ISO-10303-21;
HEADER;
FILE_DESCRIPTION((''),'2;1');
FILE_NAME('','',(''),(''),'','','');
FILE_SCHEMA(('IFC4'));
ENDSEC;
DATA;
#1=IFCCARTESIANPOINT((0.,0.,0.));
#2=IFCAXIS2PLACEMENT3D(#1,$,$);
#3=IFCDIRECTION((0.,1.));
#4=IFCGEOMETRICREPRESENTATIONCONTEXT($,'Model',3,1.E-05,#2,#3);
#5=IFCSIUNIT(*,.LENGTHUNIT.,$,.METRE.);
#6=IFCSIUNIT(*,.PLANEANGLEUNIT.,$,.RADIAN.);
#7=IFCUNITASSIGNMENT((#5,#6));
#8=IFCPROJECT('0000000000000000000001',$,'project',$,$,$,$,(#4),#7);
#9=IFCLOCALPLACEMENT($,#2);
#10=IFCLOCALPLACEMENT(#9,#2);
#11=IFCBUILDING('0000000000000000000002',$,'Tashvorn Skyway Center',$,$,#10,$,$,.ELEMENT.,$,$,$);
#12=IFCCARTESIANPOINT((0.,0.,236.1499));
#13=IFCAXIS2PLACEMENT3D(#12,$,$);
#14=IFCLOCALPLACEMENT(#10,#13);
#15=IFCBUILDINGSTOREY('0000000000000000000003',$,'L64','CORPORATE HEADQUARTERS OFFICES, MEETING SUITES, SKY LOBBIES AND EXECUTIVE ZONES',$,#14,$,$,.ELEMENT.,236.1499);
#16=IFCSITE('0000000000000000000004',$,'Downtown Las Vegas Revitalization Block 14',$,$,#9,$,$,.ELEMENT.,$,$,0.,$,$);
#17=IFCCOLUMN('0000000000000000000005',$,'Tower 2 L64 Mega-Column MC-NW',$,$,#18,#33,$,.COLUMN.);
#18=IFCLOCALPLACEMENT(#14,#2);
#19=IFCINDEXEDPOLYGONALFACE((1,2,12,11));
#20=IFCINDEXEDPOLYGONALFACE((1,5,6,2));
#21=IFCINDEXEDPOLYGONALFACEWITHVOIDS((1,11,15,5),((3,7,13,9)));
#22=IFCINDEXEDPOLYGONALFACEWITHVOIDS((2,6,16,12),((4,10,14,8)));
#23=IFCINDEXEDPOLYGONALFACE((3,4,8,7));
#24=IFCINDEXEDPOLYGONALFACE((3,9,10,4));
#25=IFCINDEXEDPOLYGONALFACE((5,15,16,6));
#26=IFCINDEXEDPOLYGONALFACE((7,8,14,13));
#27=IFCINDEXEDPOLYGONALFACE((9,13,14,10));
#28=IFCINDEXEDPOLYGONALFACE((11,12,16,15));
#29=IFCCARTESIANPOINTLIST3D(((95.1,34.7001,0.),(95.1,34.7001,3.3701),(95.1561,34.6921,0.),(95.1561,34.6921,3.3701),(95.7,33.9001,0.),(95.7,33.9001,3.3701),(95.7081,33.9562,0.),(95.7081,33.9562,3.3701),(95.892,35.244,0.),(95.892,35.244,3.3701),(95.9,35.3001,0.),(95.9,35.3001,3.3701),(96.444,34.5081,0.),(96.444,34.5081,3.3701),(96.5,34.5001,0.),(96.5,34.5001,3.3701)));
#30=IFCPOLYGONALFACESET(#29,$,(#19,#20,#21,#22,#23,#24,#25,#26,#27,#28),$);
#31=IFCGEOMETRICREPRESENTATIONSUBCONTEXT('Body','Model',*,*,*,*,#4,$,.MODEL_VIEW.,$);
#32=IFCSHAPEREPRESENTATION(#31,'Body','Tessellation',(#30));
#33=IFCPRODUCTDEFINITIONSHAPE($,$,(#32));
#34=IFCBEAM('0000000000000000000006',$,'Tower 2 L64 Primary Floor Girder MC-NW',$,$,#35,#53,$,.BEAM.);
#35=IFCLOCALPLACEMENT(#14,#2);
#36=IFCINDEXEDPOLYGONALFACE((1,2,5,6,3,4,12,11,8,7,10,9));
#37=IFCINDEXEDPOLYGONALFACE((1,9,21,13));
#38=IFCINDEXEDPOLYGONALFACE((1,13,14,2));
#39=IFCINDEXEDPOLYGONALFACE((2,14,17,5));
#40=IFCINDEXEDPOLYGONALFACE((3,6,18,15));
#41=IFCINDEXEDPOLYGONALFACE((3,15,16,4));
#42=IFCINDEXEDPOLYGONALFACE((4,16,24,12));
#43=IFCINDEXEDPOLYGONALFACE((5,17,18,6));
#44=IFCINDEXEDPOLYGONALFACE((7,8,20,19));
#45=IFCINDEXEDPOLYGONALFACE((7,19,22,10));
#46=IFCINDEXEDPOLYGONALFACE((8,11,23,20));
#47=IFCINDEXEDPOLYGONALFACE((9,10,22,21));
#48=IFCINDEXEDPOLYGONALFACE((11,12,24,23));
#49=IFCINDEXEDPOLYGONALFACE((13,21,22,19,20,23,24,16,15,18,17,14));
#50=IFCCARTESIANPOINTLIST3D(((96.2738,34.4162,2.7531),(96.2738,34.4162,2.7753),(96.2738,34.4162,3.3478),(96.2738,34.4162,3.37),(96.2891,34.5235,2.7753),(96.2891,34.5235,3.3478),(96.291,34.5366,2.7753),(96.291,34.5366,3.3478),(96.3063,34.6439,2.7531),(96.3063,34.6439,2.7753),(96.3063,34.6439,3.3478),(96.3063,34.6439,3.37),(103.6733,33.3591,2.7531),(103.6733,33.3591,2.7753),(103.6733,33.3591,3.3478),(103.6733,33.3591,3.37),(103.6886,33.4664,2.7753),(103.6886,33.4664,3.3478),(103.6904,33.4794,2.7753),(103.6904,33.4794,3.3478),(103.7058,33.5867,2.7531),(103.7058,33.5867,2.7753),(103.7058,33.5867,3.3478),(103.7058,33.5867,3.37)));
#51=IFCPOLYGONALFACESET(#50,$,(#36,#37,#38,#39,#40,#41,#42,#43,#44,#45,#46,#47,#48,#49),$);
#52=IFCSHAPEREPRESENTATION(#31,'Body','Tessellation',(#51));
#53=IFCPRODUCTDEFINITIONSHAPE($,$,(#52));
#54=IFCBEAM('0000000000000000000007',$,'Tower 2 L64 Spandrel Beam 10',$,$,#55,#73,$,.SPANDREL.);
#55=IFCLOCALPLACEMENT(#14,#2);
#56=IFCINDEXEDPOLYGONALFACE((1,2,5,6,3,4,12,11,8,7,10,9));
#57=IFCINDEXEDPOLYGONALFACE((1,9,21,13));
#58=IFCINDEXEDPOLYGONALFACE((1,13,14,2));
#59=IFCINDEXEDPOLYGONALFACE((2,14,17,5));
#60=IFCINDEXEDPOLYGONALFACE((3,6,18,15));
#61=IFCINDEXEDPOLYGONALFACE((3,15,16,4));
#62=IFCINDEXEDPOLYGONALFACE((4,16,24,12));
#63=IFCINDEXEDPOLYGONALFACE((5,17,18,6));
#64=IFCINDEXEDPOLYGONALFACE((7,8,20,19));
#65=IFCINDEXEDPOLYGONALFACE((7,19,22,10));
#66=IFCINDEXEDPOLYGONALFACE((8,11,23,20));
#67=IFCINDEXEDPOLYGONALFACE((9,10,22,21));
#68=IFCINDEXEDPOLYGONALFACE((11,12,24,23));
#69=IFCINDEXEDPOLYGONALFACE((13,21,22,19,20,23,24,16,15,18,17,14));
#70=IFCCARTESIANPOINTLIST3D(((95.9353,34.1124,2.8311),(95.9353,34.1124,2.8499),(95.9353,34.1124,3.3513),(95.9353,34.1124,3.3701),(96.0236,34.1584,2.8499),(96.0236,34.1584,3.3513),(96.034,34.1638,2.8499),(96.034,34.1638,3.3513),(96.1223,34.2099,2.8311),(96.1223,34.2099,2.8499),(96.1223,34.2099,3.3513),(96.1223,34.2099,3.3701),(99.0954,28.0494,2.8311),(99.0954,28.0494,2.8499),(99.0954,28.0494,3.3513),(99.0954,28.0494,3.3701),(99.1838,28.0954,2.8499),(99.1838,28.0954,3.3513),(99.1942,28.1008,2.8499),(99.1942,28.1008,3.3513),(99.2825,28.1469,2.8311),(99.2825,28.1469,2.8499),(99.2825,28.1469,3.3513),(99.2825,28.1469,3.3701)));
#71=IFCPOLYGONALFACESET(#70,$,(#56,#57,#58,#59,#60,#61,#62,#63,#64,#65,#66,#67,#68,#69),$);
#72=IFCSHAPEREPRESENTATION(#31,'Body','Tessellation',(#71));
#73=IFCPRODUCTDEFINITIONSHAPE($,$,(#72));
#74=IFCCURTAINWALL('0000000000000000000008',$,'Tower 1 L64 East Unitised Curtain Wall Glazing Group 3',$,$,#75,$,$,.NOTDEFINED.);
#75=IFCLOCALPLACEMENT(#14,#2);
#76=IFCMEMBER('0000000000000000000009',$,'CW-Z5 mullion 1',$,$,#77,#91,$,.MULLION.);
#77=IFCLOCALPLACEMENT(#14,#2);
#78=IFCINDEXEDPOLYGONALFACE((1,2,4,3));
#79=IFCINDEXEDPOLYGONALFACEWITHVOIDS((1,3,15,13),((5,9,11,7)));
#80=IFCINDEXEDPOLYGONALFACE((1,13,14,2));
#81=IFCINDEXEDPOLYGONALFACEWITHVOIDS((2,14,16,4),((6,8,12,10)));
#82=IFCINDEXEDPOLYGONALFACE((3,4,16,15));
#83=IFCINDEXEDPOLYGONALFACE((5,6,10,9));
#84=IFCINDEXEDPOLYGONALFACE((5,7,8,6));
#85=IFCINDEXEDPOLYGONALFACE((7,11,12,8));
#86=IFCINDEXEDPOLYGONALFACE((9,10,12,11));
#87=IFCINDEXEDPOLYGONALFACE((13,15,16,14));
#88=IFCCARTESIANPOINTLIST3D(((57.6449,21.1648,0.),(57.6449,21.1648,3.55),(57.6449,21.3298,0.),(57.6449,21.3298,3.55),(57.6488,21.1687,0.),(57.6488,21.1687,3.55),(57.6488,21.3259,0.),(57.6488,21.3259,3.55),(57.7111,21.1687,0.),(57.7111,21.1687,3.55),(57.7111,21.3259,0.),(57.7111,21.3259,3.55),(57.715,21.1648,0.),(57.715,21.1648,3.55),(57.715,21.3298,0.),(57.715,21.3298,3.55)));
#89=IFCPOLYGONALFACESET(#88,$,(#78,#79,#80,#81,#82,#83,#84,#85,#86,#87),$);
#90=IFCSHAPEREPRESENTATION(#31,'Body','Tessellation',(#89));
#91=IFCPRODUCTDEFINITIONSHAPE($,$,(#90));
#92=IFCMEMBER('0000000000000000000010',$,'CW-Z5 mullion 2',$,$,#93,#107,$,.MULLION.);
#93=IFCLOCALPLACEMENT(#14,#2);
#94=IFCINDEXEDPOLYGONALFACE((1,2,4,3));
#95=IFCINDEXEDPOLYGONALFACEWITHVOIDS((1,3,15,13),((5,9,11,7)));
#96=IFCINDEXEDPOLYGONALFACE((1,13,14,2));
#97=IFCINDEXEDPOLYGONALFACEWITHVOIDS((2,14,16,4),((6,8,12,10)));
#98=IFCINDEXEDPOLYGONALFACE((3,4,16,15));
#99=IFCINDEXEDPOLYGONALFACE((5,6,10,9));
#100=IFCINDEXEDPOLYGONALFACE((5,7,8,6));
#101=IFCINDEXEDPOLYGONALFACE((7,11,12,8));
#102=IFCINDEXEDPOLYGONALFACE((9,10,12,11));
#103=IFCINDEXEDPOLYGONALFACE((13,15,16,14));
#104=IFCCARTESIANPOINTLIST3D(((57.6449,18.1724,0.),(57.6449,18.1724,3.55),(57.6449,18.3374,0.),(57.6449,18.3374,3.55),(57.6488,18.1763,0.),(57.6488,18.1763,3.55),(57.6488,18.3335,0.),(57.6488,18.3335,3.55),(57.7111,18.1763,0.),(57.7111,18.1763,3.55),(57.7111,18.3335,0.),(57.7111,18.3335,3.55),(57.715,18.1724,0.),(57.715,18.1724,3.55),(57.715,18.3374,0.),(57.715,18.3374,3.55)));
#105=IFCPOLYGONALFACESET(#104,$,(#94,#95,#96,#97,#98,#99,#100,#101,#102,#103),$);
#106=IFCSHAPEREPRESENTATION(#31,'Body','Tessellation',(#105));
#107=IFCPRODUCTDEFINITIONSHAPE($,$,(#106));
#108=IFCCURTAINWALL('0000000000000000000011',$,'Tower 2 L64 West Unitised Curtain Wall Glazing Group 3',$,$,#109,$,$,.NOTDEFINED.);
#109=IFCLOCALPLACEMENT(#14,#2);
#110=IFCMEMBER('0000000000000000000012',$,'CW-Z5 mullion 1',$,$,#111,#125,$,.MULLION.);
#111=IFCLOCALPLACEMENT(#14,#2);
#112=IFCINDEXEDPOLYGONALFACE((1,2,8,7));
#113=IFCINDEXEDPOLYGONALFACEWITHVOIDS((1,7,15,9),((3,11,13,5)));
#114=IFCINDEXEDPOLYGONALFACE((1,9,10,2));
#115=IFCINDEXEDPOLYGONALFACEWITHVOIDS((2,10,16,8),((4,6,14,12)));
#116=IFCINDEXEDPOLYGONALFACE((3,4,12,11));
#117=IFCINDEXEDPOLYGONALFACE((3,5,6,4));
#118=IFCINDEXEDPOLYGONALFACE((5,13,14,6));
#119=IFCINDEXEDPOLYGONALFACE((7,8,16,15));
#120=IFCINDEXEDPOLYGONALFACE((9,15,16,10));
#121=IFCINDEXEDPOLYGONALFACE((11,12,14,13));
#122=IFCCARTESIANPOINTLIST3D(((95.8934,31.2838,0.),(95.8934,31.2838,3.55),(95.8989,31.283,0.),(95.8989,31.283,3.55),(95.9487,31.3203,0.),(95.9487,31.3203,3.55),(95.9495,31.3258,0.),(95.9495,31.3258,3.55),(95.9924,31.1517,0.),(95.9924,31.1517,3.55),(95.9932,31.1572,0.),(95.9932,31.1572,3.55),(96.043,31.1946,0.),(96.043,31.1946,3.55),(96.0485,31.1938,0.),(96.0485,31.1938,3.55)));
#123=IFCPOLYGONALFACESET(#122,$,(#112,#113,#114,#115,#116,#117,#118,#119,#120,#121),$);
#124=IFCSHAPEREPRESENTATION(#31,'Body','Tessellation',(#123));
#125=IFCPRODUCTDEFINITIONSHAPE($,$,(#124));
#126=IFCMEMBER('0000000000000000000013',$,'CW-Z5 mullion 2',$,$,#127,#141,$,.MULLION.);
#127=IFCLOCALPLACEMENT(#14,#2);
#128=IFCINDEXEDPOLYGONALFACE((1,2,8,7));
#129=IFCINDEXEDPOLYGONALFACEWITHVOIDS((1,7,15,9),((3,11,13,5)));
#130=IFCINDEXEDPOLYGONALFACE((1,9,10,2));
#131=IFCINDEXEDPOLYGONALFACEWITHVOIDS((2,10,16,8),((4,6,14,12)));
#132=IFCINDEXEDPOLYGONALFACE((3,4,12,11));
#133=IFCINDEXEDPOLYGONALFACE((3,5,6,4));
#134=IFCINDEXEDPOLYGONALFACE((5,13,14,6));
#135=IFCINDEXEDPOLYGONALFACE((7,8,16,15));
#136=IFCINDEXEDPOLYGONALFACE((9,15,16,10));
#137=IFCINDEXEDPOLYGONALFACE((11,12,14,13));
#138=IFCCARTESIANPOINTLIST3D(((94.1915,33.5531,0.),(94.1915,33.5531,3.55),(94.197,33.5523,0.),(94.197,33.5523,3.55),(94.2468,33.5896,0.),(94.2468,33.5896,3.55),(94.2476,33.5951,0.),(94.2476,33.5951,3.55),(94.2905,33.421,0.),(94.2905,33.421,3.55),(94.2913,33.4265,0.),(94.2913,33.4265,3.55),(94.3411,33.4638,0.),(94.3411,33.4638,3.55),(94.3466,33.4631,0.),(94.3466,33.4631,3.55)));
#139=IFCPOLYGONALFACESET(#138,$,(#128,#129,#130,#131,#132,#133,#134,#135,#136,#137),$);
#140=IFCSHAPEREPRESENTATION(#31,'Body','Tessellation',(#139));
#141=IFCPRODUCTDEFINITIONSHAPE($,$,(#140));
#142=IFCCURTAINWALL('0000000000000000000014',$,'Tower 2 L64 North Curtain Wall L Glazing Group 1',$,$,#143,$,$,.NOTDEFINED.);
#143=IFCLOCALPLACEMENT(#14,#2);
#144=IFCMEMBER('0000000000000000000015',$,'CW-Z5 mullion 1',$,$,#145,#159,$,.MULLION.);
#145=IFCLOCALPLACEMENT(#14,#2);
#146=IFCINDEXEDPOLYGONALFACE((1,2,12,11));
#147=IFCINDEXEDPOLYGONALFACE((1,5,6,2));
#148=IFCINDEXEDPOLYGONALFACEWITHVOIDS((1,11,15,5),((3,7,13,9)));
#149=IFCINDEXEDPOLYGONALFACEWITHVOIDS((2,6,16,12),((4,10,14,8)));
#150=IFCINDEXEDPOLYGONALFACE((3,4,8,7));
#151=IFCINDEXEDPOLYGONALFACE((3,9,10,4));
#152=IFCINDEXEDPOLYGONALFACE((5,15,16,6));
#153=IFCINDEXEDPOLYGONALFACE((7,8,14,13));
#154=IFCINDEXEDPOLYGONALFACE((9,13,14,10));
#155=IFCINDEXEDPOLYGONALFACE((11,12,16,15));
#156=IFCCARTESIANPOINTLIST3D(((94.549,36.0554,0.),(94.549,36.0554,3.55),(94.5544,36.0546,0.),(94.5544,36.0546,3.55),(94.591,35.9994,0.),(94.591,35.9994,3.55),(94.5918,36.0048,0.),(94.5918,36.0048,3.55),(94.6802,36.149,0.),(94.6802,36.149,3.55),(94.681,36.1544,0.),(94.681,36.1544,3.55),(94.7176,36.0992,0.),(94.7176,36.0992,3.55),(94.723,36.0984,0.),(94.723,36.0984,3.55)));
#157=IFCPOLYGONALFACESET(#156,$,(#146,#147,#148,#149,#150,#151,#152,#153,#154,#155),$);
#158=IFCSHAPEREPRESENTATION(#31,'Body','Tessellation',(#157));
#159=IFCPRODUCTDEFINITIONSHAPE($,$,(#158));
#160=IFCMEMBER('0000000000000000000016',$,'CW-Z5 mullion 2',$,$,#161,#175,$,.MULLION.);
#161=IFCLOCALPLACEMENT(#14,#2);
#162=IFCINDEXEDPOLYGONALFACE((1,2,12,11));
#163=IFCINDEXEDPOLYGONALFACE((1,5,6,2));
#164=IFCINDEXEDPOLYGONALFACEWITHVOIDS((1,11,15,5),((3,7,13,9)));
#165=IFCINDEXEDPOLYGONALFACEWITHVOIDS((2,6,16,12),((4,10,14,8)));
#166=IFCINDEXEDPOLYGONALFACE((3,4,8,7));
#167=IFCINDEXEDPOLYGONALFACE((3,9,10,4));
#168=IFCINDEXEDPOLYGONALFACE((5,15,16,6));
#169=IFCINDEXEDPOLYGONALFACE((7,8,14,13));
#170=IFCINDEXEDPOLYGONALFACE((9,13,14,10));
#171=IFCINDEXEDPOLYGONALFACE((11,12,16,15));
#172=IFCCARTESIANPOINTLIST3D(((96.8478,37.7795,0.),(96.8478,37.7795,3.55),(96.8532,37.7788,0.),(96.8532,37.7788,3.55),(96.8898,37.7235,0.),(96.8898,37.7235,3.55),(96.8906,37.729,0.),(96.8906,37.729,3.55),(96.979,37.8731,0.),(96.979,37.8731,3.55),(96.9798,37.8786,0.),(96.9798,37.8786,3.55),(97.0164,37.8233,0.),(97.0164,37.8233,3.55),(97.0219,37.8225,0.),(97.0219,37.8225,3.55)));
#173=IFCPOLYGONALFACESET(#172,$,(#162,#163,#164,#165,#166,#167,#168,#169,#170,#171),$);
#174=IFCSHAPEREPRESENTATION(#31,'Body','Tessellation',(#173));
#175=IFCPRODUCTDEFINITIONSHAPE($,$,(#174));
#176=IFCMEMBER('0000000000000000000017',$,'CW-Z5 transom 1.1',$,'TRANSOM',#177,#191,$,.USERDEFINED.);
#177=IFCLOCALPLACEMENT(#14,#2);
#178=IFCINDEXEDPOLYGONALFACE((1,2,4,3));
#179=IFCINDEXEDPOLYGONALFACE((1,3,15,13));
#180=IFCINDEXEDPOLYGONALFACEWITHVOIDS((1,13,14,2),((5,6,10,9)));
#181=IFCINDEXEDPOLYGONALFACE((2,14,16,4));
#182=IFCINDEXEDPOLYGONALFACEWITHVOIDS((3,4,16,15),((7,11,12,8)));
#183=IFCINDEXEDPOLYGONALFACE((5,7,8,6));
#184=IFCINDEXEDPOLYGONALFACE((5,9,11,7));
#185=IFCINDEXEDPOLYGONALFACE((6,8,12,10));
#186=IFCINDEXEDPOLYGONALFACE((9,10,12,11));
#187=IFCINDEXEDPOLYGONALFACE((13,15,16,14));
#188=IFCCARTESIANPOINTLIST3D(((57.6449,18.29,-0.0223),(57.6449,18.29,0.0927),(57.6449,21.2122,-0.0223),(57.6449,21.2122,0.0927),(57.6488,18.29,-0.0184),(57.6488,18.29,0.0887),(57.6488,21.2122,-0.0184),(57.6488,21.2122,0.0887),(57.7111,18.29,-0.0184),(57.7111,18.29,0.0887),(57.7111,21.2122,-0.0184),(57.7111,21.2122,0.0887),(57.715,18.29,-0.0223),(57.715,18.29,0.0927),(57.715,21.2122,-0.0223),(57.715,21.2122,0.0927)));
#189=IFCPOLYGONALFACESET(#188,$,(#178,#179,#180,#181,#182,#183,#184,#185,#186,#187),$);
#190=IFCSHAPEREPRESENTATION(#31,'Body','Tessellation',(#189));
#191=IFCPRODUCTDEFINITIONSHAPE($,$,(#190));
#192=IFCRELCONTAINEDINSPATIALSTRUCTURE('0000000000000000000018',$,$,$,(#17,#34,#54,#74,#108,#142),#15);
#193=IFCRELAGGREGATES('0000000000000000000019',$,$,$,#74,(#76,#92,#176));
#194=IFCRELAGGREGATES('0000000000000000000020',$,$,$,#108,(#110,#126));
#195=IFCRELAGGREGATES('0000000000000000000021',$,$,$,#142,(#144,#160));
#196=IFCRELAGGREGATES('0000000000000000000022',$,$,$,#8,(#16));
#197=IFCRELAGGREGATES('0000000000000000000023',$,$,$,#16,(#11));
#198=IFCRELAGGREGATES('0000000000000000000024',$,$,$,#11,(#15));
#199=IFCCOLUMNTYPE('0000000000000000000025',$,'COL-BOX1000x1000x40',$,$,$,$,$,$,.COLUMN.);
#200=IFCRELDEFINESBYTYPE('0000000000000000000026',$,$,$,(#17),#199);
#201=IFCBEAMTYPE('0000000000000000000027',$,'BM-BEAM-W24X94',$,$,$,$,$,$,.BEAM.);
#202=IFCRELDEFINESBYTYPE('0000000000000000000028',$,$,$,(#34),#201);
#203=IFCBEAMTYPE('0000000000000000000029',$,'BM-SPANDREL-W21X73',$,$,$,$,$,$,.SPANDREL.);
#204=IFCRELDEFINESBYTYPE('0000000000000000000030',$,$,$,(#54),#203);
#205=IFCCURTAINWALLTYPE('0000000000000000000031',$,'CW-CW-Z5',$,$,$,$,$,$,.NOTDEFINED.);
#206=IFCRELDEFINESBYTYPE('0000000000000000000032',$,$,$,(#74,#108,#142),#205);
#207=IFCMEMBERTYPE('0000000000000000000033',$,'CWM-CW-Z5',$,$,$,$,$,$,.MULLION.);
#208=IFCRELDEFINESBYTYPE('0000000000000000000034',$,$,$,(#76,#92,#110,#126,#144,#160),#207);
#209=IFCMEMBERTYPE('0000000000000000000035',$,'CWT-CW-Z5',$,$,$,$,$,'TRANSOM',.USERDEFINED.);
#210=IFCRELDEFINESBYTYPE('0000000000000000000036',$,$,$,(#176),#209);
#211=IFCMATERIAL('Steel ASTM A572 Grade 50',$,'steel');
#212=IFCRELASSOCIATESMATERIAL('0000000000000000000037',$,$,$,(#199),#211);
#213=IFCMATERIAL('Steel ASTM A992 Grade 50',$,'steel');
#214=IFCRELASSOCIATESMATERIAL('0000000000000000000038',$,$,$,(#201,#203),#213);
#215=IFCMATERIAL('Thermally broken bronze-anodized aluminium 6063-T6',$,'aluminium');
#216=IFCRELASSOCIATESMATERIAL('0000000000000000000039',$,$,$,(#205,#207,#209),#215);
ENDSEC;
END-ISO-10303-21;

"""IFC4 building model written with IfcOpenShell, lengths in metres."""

from ifc_helpers import new_model, si_unit, direction, frame, origin, origin_2d, place, context, subcontext, project, spatial, hollow_rectangle, i_section, extrude, material, material_profile, profile_set, type_object, element, aggregate, save


model = new_model("IFC4")

# Units and contexts
model_context = context("Model", 3, precision=1e-05, world=origin(), true_north=direction((0.0, 1.0)))
body_context = subcontext(model_context, "Body", "Model", "MODEL_VIEW")
ifc_project = project(units=[si_unit("LENGTHUNIT", "METRE"), si_unit("PLANEANGLEUNIT", "RADIAN")], contexts=[model_context])

# Site, building, storey
site_placement = place(None, origin())
site = spatial("IfcSite", under=ifc_project, at=site_placement, Name="Downtown Las Vegas Revitalization Block 14", CompositionType="ELEMENT", RefElevation=0.0)
building_placement = place(site_placement, origin())
building = spatial("IfcBuilding", under=site, at=building_placement, Name="Tashvorn Skyway Center", CompositionType="ELEMENT")
storey_placement = place(building_placement, frame((0.0, 0.0, 236.1499)))
storey = spatial("IfcBuildingStorey", under=building, at=storey_placement, Name="L64", Description="CORPORATE HEADQUARTERS OFFICES, MEETING SUITES, SKY LOBBIES AND EXECUTIVE ZONES", CompositionType="ELEMENT", Elevation=236.1499)

# Column
ifc_material_1 = material(Name="Steel ASTM A572 Grade 50", Category="steel")
ifc_material_profile_1 = material_profile(ifc_material_1, hollow_rectangle(XDim=1.0, YDim=1.0, WallThickness=0.04, at=origin_2d()), Name="BOX1000x1000x40")
ifc_profile_set_1 = profile_set([ifc_material_profile_1], Name="Steel ASTM A572 Grade 50")
column_type = type_object("IfcColumnType", Name="COL-BOX1000x1000x40", PredefinedType="COLUMN", material=ifc_profile_set_1)
column_placement = place(storey_placement, frame((95.8, 34.6001, 0.0), z_axis=(0.0, 0.0, 1.0), x_axis=(0.8, 0.6, 0.0)))
element("IfcColumn", 1, at=column_placement, inside=storey, type_object=column_type, Name="Tower 2 L64 Mega-Column MC-NW", PredefinedType="COLUMN", context=body_context, shape_type="SweptSolid", body=[
    extrude(hollow_rectangle(XDim=1.0, YDim=1.0, WallThickness=0.04, at=origin_2d()), origin(), (0.0, 0.0, 1.0), 3.3701),
])

# Beams
ifc_material_2 = material(Name="Steel ASTM A992 Grade 50", Category="steel")
ifc_material_profile_2 = material_profile(ifc_material_2, i_section(OverallWidth=0.23, OverallDepth=0.6169, WebThickness=0.0132, FlangeThickness=0.0222, at=origin_2d()), Name="W24X94")
ifc_profile_set_2 = profile_set([ifc_material_profile_2], Name="Steel ASTM A992 Grade 50")
beam_type_1 = type_object("IfcBeamType", Name="BM-BEAM-W24X94", PredefinedType="BEAM", material=ifc_profile_set_2)
beam_1_placement = place(storey_placement, frame((96.29, 34.53, 3.0615), z_axis=(0.989948, -0.141431, 0.0), x_axis=(0.141431, 0.989948, 0.0)))
element("IfcBeam", 2, at=beam_1_placement, inside=storey, type_object=beam_type_1, Name="Tower 2 L64 Primary Floor Girder MC-NW", PredefinedType="BEAM", context=body_context, shape_type="SweptSolid", body=[
    extrude(i_section(OverallWidth=0.23, OverallDepth=0.6169, WebThickness=0.0132, FlangeThickness=0.0222, at=origin_2d()), origin(), (0.0, 0.0, 1.0), 7.4746),
])
ifc_material_profile_3 = material_profile(ifc_material_2, i_section(OverallWidth=0.2109, OverallDepth=0.5391, WebThickness=0.0117, FlangeThickness=0.0188, at=origin_2d()), Name="W21X73")
ifc_profile_set_3 = profile_set([ifc_material_profile_3], Name="Steel ASTM A992 Grade 50")
beam_type_2 = type_object("IfcBeamType", Name="BM-SPANDREL-W21X73", PredefinedType="SPANDREL", material=ifc_profile_set_3)
beam_2_placement = place(storey_placement, frame((96.0288, 34.1611, 3.1006), z_axis=(0.462205, -0.886773, 0.0), x_axis=(0.886773, 0.462205, 0.0)))
element("IfcBeam", 3, at=beam_2_placement, inside=storey, type_object=beam_type_2, Name="Tower 2 L64 Spandrel Beam 10", PredefinedType="SPANDREL", context=body_context, shape_type="SweptSolid", body=[
    extrude(i_section(OverallWidth=0.2109, OverallDepth=0.5391, WebThickness=0.0117, FlangeThickness=0.0188, at=origin_2d()), origin(), (0.0, 0.0, 1.0), 6.8372),
])

# Curtain walls, members
ifc_material_3 = material(Name="Thermally broken bronze-anodized aluminium 6063-T6", Category="aluminium")
curtain_wall_type = type_object("IfcCurtainWallType", Name="CW-CW-Z5", PredefinedType="NOTDEFINED", material=ifc_material_3)
curtain_wall_1_placement = place(storey_placement, origin())
curtain_wall_1 = element("IfcCurtainWall", 4, at=curtain_wall_1_placement, inside=storey, type_object=curtain_wall_type, Name="Tower 1 L64 East Unitised Curtain Wall Glazing Group 3", PredefinedType="NOTDEFINED")
ifc_material_profile_4 = material_profile(ifc_material_3, hollow_rectangle(XDim=0.0701, YDim=0.165, WallThickness=0.0039, at=origin_2d()), Name="ALU-MULL-70x165")
ifc_profile_set_4 = profile_set([ifc_material_profile_4], Name="Thermally broken bronze-anodized aluminium 6063-T6")
member_type_1 = type_object("IfcMemberType", Name="CWM-CW-Z5", PredefinedType="MULLION", material=ifc_profile_set_4)
member_1_placement = place(storey_placement, frame((57.6799, 21.2473, 0.0), z_axis=(0.0, 0.0, 1.0), x_axis=(1.0, 0.0, 0.0)))
member_1 = element("IfcMember", 5, at=member_1_placement, type_object=member_type_1, Name="CW-Z5 mullion 1", PredefinedType="MULLION", context=body_context, shape_type="SweptSolid", body=[
    extrude(hollow_rectangle(XDim=0.0701, YDim=0.165, WallThickness=0.0039, at=origin_2d()), origin(), (0.0, 0.0, 1.0), 3.55),
])
member_2_placement = place(storey_placement, frame((57.6799, 18.2549, 0.0), z_axis=(0.0, 0.0, 1.0), x_axis=(1.0, 0.0, 0.0)))
member_2 = element("IfcMember", 6, at=member_2_placement, type_object=member_type_1, Name="CW-Z5 mullion 2", PredefinedType="MULLION", context=body_context, shape_type="SweptSolid", body=[
    extrude(hollow_rectangle(XDim=0.0701, YDim=0.165, WallThickness=0.0039, at=origin_2d()), origin(), (0.0, 0.0, 1.0), 3.55),
])
curtain_wall_2_placement = place(storey_placement, origin())
curtain_wall_2 = element("IfcCurtainWall", 7, at=curtain_wall_2_placement, inside=storey, type_object=curtain_wall_type, Name="Tower 2 L64 West Unitised Curtain Wall Glazing Group 3", PredefinedType="NOTDEFINED")
member_3_placement = place(storey_placement, frame((95.9709, 31.2388, 0.0), z_axis=(0.0, 0.0, 1.0), x_axis=(-0.799996, -0.600006, 0.0)))
member_3 = element("IfcMember", 8, at=member_3_placement, type_object=member_type_1, Name="CW-Z5 mullion 1", PredefinedType="MULLION", context=body_context, shape_type="SweptSolid", body=[
    extrude(hollow_rectangle(XDim=0.0701, YDim=0.165, WallThickness=0.0039, at=origin_2d()), origin(), (0.0, 0.0, 1.0), 3.55),
])
member_4_placement = place(storey_placement, frame((94.269, 33.5081, 0.0), z_axis=(0.0, 0.0, 1.0), x_axis=(-0.799996, -0.600006, 0.0)))
member_4 = element("IfcMember", 9, at=member_4_placement, type_object=member_type_1, Name="CW-Z5 mullion 2", PredefinedType="MULLION", context=body_context, shape_type="SweptSolid", body=[
    extrude(hollow_rectangle(XDim=0.0701, YDim=0.165, WallThickness=0.0039, at=origin_2d()), origin(), (0.0, 0.0, 1.0), 3.55),
])
curtain_wall_3_placement = place(storey_placement, origin())
curtain_wall_3 = element("IfcCurtainWall", 10, at=curtain_wall_3_placement, inside=storey, type_object=curtain_wall_type, Name="Tower 2 L64 North Curtain Wall L Glazing Group 1", PredefinedType="NOTDEFINED")
member_5_placement = place(storey_placement, frame((94.636, 36.0769, 0.0), z_axis=(0.0, 0.0, 1.0), x_axis=(-0.599995, 0.800004, 0.0)))
member_5 = element("IfcMember", 11, at=member_5_placement, type_object=member_type_1, Name="CW-Z5 mullion 1", PredefinedType="MULLION", context=body_context, shape_type="SweptSolid", body=[
    extrude(hollow_rectangle(XDim=0.0701, YDim=0.165, WallThickness=0.0039, at=origin_2d()), origin(), (0.0, 0.0, 1.0), 3.55),
])
member_6_placement = place(storey_placement, frame((96.9348, 37.801, 0.0), z_axis=(0.0, 0.0, 1.0), x_axis=(-0.599995, 0.800004, 0.0)))
member_6 = element("IfcMember", 12, at=member_6_placement, type_object=member_type_1, Name="CW-Z5 mullion 2", PredefinedType="MULLION", context=body_context, shape_type="SweptSolid", body=[
    extrude(hollow_rectangle(XDim=0.0701, YDim=0.165, WallThickness=0.0039, at=origin_2d()), origin(), (0.0, 0.0, 1.0), 3.55),
])

# Member
ifc_material_profile_5 = material_profile(ifc_material_3, hollow_rectangle(XDim=0.0701, YDim=0.115, WallThickness=0.0039, at=origin_2d()), Name="ALU-TRAN-70x115")
ifc_profile_set_5 = profile_set([ifc_material_profile_5], Name="Thermally broken bronze-anodized aluminium 6063-T6")
member_type_2 = type_object("IfcMemberType", Name="CWT-CW-Z5", ElementType="TRANSOM", PredefinedType="USERDEFINED", material=ifc_profile_set_5)
member_7_placement = place(storey_placement, frame((57.6799, 21.2122, 0.0352), z_axis=(0.0, -1.0, 0.0), x_axis=(1.0, 0.0, 0.0)))
member_7 = element("IfcMember", 13, at=member_7_placement, type_object=member_type_2, Name="CW-Z5 transom 1.1", ObjectType="TRANSOM", PredefinedType="USERDEFINED", context=body_context, shape_type="SweptSolid", body=[
    extrude(hollow_rectangle(XDim=0.0701, YDim=0.115, WallThickness=0.0039, at=origin_2d()), origin(), (0.0, 0.0, 1.0), 2.9221),
])

aggregate(curtain_wall_1, [member_1, member_2, member_7])
aggregate(curtain_wall_2, [member_3, member_4])
aggregate(curtain_wall_3, [member_5, member_6])

save(model, "model.ifc")
